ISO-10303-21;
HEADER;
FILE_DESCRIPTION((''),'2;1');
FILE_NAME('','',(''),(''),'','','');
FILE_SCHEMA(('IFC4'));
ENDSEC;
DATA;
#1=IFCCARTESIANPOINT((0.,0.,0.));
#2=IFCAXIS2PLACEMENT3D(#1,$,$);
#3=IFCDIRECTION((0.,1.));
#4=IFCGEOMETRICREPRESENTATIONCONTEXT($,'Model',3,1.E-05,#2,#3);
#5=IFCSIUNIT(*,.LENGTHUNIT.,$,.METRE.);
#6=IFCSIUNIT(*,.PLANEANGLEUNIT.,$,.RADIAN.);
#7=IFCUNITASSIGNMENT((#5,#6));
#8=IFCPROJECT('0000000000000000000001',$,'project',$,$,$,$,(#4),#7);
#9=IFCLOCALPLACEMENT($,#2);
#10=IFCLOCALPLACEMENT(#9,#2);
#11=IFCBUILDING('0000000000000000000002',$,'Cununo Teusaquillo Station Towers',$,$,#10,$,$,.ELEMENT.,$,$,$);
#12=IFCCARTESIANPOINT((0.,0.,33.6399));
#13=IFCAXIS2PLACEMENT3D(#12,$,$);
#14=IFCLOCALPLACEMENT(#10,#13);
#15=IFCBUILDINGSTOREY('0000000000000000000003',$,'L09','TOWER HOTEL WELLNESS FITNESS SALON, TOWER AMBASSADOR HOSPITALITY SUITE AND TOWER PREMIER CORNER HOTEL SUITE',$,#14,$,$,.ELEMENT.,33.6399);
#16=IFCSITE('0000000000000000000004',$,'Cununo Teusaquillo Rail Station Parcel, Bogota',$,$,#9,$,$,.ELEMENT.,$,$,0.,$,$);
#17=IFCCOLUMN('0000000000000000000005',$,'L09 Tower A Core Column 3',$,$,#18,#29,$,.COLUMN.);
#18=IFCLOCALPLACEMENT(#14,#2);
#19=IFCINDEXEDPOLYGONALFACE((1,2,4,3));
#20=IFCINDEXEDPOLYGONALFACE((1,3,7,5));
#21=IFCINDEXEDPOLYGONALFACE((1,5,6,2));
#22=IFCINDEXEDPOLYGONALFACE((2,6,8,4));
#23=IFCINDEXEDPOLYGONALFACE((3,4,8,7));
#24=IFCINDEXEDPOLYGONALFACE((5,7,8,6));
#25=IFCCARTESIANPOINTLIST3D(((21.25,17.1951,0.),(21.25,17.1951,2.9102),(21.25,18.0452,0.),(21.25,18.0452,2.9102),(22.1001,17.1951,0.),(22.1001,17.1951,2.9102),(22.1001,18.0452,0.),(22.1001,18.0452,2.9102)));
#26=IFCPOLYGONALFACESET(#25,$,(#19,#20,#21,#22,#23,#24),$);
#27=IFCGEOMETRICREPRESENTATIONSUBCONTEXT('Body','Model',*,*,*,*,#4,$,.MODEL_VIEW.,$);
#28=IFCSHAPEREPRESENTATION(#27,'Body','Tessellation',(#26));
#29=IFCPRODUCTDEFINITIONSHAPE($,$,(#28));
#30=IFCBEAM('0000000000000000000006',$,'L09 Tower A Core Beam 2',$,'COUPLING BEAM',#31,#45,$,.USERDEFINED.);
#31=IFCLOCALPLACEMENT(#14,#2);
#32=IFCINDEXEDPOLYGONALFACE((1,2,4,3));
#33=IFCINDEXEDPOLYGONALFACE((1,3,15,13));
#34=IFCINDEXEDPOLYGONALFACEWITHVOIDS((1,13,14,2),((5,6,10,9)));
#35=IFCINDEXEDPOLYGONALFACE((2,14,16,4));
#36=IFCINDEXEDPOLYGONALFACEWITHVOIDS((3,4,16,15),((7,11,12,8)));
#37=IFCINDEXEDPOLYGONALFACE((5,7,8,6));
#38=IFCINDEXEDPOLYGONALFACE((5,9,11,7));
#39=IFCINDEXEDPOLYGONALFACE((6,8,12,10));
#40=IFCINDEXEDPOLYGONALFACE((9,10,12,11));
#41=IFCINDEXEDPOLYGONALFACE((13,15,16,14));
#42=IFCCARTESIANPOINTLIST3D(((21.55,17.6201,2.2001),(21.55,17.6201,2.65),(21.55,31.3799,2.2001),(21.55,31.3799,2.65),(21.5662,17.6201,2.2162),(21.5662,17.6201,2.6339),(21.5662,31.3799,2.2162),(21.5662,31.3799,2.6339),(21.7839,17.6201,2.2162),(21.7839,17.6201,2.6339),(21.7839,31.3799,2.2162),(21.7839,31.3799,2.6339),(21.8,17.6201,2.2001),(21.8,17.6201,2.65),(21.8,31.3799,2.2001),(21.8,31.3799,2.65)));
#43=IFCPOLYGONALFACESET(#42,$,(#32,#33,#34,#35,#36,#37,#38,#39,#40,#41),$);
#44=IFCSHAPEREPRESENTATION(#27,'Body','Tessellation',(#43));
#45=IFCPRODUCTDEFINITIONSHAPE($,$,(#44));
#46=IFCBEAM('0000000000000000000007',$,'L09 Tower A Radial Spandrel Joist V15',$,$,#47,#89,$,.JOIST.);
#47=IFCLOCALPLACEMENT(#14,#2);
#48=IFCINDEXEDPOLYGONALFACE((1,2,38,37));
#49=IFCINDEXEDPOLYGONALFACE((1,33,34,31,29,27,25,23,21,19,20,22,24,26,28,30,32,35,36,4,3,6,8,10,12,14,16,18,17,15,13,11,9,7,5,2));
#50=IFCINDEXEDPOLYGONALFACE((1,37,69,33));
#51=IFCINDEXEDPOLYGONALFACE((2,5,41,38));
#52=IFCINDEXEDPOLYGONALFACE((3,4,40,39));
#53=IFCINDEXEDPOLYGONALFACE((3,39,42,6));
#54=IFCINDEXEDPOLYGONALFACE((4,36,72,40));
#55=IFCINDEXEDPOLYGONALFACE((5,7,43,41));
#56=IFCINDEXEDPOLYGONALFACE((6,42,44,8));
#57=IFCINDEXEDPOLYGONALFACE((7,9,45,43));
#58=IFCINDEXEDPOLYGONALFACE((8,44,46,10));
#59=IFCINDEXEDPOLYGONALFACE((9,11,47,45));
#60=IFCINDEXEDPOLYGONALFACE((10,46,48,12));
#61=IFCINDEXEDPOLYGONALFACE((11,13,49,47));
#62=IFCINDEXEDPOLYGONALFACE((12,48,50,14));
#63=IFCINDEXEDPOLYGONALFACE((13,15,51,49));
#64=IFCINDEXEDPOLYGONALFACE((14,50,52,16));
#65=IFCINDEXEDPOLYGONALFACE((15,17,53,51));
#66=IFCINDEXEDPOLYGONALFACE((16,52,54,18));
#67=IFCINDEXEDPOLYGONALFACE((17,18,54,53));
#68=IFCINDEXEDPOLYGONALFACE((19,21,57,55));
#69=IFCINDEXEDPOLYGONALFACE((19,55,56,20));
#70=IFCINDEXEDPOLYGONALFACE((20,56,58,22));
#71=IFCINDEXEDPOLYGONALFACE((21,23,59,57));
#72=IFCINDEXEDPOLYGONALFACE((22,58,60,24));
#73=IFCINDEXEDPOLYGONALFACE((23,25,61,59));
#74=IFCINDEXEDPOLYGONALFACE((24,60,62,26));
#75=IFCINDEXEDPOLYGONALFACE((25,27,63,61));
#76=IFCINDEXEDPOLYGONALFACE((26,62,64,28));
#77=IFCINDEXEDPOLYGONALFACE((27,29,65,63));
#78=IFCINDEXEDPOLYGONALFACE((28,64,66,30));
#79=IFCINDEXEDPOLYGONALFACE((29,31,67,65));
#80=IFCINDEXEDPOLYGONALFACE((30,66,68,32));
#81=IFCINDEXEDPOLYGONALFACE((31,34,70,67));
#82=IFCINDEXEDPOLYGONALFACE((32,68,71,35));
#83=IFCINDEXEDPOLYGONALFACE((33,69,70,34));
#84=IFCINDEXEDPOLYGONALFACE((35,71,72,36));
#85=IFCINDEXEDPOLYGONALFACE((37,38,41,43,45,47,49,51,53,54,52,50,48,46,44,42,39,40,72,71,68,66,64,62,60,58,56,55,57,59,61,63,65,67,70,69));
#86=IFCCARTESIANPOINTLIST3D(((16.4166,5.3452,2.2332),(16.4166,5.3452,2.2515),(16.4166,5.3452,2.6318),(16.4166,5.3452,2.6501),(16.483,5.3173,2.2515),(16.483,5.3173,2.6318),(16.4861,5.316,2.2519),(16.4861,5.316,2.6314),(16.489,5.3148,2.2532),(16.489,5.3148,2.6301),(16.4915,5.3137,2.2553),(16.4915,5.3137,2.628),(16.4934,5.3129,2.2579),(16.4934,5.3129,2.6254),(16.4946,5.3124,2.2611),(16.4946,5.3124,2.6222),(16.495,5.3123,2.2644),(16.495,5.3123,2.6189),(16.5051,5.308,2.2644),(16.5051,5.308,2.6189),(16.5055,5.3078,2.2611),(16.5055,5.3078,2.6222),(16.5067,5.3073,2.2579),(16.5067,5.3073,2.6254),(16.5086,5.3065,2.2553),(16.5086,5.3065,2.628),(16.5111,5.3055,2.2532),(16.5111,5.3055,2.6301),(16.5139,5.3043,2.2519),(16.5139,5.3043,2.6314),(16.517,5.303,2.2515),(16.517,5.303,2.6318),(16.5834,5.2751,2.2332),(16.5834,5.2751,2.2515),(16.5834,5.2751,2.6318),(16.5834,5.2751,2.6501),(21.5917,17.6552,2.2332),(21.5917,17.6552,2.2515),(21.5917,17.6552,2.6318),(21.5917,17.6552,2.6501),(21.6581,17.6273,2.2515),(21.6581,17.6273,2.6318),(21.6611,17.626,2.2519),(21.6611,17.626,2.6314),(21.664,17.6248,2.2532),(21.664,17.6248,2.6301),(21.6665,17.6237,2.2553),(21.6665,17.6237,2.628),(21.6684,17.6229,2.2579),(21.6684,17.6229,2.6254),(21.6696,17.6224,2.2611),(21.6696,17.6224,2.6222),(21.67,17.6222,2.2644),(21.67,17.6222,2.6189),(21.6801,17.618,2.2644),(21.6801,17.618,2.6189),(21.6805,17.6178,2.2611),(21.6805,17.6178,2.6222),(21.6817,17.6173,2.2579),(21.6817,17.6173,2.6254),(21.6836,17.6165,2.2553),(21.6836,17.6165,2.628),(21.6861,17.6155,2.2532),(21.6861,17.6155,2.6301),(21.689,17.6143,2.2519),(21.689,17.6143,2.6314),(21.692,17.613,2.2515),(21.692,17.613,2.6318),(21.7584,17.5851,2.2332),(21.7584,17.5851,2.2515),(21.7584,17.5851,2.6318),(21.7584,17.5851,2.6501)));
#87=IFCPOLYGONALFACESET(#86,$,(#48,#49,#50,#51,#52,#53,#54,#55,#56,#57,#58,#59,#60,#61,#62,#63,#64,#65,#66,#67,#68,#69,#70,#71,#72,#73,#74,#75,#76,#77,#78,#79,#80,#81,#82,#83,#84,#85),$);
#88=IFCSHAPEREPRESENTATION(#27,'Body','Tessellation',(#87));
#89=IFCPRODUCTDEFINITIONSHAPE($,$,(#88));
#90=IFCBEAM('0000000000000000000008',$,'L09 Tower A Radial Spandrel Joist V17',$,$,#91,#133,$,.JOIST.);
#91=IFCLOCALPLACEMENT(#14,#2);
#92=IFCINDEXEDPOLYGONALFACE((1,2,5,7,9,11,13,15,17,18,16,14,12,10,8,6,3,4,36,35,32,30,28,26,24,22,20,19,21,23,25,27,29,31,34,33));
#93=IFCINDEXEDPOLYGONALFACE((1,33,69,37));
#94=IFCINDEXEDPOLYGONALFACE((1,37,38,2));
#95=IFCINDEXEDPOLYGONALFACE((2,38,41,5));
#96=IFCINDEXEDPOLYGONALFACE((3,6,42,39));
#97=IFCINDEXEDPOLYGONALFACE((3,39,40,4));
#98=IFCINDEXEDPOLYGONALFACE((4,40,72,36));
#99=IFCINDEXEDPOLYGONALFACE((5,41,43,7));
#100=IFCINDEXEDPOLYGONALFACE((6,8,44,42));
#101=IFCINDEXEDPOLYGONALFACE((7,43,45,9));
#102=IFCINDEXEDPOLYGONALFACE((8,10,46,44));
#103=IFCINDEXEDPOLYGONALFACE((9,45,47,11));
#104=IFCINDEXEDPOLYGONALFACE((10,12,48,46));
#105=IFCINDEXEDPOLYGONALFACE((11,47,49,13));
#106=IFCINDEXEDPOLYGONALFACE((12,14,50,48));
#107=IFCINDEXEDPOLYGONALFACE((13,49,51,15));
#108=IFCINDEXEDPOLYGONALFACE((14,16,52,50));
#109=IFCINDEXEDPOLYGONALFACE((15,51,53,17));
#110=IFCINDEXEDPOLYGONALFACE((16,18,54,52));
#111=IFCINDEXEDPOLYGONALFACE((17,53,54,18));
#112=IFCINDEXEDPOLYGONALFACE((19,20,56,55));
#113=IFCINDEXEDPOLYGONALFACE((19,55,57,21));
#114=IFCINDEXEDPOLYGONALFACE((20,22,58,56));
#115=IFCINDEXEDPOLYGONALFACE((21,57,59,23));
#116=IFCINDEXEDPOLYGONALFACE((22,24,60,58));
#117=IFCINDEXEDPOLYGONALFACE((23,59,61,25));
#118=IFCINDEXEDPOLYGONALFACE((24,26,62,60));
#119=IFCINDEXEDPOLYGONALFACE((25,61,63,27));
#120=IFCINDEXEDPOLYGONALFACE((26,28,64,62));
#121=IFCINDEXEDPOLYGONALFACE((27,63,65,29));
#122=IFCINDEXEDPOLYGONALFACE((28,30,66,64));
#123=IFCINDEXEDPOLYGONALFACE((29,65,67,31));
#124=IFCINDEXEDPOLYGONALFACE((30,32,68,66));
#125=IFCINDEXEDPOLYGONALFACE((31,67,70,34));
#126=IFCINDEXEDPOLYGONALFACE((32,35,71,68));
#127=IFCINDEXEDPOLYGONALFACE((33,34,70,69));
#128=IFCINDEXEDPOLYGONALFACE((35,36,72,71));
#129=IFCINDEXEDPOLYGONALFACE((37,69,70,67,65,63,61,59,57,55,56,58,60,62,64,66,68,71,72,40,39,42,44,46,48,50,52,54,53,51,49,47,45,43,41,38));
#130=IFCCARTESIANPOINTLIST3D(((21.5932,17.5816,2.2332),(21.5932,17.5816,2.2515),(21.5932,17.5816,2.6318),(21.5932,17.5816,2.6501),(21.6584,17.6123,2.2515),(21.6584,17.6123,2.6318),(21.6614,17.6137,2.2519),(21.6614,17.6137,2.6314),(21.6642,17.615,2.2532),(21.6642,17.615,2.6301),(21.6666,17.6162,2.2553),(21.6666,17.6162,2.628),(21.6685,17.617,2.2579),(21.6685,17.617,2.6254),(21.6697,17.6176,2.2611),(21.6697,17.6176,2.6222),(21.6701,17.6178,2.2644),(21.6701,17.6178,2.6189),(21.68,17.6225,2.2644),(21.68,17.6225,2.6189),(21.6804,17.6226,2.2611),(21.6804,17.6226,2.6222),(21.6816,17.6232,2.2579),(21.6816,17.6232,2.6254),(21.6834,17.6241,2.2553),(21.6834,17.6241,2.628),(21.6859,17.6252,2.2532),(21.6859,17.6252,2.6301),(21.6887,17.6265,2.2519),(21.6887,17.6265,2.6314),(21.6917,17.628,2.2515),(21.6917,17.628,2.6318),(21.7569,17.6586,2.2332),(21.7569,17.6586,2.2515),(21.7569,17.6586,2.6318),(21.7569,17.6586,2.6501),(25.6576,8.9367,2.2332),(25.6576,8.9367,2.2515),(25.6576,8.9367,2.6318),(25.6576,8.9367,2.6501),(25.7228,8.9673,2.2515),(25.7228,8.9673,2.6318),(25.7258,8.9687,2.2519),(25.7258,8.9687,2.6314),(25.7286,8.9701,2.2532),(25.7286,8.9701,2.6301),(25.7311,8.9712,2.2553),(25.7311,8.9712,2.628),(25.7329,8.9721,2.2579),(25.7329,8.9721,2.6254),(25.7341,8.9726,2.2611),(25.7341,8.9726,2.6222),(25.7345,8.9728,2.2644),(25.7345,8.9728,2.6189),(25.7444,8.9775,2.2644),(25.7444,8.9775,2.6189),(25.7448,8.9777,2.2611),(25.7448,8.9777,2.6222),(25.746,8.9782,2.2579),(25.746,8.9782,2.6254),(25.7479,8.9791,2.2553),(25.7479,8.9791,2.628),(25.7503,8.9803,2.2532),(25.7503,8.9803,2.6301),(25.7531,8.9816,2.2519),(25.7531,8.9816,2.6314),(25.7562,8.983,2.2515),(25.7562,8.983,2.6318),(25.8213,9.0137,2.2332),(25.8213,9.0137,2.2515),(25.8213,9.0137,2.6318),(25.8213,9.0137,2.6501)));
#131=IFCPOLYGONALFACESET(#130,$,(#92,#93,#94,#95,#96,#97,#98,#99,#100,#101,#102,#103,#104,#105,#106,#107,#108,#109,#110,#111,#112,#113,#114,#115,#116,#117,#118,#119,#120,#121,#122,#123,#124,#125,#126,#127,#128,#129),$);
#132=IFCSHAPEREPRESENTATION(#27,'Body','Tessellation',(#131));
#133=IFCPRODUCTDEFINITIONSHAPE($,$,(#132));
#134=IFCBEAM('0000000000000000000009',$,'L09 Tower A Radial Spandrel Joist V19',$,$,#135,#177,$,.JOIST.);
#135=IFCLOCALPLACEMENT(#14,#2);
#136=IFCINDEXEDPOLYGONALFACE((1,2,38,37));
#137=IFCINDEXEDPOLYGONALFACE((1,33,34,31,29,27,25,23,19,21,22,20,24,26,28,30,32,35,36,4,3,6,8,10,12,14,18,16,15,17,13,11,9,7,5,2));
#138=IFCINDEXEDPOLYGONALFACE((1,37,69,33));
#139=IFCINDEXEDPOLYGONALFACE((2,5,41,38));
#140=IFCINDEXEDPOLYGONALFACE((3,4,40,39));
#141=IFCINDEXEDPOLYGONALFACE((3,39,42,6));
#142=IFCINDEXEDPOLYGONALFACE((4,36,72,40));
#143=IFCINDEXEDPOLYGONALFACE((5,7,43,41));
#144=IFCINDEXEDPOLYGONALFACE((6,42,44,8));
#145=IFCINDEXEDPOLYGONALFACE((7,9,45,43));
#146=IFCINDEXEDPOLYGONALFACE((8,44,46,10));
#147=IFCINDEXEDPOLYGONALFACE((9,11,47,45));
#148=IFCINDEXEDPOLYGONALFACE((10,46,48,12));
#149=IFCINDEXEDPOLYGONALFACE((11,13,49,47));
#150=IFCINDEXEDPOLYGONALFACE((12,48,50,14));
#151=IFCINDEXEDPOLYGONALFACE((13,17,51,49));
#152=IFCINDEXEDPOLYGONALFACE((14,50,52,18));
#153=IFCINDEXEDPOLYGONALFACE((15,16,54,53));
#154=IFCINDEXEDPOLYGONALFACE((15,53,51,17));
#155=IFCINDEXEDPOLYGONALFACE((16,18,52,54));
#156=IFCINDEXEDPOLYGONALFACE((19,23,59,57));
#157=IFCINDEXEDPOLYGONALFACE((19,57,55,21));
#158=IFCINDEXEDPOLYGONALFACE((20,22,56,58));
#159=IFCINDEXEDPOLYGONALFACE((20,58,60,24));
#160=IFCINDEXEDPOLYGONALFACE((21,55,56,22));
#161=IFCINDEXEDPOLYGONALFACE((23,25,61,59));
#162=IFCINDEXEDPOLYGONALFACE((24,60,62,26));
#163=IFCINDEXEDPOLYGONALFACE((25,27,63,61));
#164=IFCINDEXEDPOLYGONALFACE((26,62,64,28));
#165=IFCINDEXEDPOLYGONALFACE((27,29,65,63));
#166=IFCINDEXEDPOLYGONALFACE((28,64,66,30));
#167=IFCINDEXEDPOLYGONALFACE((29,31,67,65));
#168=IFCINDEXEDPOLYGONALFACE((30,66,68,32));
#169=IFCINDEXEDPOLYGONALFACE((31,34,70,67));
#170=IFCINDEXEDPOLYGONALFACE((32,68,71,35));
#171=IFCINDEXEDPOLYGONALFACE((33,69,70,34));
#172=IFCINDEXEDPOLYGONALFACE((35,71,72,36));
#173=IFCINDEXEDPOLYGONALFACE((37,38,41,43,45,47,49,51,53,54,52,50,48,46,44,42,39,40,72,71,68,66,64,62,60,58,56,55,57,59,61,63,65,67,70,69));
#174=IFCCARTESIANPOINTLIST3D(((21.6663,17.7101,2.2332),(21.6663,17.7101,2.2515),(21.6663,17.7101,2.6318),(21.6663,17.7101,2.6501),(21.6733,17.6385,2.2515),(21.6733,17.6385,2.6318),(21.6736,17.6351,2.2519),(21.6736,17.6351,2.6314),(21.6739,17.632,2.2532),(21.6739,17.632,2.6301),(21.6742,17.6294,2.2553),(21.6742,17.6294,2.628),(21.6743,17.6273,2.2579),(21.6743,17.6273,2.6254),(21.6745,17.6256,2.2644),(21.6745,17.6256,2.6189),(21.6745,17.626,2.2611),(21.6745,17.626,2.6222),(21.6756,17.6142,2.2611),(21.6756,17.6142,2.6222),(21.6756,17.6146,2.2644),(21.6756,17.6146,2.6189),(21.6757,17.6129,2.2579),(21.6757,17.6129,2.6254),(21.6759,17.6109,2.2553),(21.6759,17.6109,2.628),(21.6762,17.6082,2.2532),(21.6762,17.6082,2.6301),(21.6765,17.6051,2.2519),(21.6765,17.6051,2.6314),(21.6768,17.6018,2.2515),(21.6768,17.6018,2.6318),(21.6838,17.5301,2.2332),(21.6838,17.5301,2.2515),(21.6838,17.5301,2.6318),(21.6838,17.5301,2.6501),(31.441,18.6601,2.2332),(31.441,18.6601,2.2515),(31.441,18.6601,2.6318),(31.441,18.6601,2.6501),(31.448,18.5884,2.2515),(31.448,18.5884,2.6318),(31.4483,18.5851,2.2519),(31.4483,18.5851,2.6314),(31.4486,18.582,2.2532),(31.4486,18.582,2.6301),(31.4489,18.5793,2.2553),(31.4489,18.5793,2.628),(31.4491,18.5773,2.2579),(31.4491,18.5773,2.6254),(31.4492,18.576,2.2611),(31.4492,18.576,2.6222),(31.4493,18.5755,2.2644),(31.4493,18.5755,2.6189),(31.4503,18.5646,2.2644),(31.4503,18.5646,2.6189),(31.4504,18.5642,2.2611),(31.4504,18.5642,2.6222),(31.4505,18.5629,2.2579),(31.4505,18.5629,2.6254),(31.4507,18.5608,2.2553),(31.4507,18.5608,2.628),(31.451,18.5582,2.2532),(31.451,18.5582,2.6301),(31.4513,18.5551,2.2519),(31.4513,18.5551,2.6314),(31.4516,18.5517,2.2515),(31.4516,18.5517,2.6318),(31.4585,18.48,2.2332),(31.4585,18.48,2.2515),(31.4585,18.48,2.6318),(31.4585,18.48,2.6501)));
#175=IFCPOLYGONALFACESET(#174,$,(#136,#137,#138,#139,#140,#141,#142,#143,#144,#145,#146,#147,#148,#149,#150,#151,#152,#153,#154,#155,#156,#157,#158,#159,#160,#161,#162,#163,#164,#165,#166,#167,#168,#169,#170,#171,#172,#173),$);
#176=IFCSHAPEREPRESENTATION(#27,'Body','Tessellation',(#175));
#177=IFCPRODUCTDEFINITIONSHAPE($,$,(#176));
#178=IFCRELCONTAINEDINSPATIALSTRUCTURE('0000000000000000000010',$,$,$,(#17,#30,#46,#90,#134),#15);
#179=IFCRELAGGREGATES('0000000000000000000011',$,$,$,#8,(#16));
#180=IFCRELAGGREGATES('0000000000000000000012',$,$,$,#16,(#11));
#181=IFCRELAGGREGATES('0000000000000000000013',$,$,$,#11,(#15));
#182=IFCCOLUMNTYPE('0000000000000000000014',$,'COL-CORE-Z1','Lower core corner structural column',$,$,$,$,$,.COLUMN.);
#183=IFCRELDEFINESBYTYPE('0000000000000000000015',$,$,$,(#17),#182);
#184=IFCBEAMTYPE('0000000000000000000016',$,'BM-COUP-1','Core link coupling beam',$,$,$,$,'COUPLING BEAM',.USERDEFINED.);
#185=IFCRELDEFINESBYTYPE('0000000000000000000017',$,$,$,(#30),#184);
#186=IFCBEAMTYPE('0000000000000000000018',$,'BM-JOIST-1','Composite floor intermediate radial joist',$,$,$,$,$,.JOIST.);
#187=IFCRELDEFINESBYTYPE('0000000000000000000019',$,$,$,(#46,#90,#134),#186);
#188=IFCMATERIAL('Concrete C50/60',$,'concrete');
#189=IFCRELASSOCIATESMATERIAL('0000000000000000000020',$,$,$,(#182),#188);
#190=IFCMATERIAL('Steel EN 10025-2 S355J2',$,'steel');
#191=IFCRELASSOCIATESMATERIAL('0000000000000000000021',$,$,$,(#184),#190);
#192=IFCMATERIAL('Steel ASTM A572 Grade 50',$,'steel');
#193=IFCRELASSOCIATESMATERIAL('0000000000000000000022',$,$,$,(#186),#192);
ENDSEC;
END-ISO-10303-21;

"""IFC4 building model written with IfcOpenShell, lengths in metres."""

from ifc_helpers import new_model, si_unit, direction, frame, origin, origin_2d, place, context, subcontext, project, spatial, rectangle, hollow_rectangle, i_section, extrude, material, material_profile, profile_set, type_object, element, save


model = new_model("IFC4")

# Units and contexts
model_context = context("Model", 3, precision=1e-05, world=origin(), true_north=direction((0.0, 1.0)))
body_context = subcontext(model_context, "Body", "Model", "MODEL_VIEW")
ifc_project = project(units=[si_unit("LENGTHUNIT", "METRE"), si_unit("PLANEANGLEUNIT", "RADIAN")], contexts=[model_context])

# Site, building, storey
site_placement = place(None, origin())
site = spatial("IfcSite", under=ifc_project, at=site_placement, Name="Cununo Teusaquillo Rail Station Parcel, Bogota", CompositionType="ELEMENT", RefElevation=0.0)
building_placement = place(site_placement, origin())
building = spatial("IfcBuilding", under=site, at=building_placement, Name="Cununo Teusaquillo Station Towers", CompositionType="ELEMENT")
storey_placement = place(building_placement, frame((0.0, 0.0, 33.6399)))
storey = spatial("IfcBuildingStorey", under=building, at=storey_placement, Name="L09", Description="TOWER HOTEL WELLNESS FITNESS SALON, TOWER AMBASSADOR HOSPITALITY SUITE AND TOWER PREMIER CORNER HOTEL SUITE", CompositionType="ELEMENT", Elevation=33.6399)

# Column
ifc_material_1 = material(Name="Concrete C50/60", Category="concrete")
ifc_material_profile_1 = material_profile(ifc_material_1, rectangle(XDim=0.8501, YDim=0.8501, at=origin_2d()), Name="RC-RECT-850x850")
ifc_profile_set_1 = profile_set([ifc_material_profile_1], Name="Concrete C50/60")
column_type = type_object("IfcColumnType", Name="COL-CORE-Z1", Description="Lower core corner structural column", PredefinedType="COLUMN", material=ifc_profile_set_1)
column_placement = place(storey_placement, frame((21.675, 17.6201, 0.0), z_axis=(0.0, 0.0, 1.0), x_axis=(1.0, 0.0, 0.0)))
element("IfcColumn", 1, at=column_placement, inside=storey, type_object=column_type, Name="L09 Tower A Core Column 3", PredefinedType="COLUMN", context=body_context, shape_type="SweptSolid", body=[
    extrude(rectangle(XDim=0.8501, YDim=0.8501, at=origin_2d()), origin(), (0.0, 0.0, 1.0), 2.9102),
])

# Beams
ifc_material_2 = material(Name="Steel EN 10025-2 S355J2", Category="steel")
ifc_material_profile_2 = material_profile(ifc_material_2, hollow_rectangle(XDim=0.25, YDim=0.45, WallThickness=0.0161, at=origin_2d()), Name="RHS 450x250x16")
ifc_profile_set_2 = profile_set([ifc_material_profile_2], Name="Steel EN 10025-2 S355J2")
beam_type_1 = type_object("IfcBeamType", Name="BM-COUP-1", Description="Core link coupling beam", ElementType="COUPLING BEAM", PredefinedType="USERDEFINED", material=ifc_profile_set_2)
beam_1_placement = place(storey_placement, frame((21.675, 17.6201, 2.425), z_axis=(0.0, 1.0, 0.0), x_axis=(-1.0, 0.0, 0.0)))
element("IfcBeam", 2, at=beam_1_placement, inside=storey, type_object=beam_type_1, Name="L09 Tower A Core Beam 2", ObjectType="COUPLING BEAM", PredefinedType="USERDEFINED", context=body_context, shape_type="SweptSolid", body=[
    extrude(hollow_rectangle(XDim=0.25, YDim=0.45, WallThickness=0.0161, at=origin_2d()), origin(), (0.0, 0.0, 1.0), 13.7598),
])
ifc_material_3 = material(Name="Steel ASTM A572 Grade 50", Category="steel")
ifc_material_profile_3 = material_profile(ifc_material_3, i_section(OverallWidth=0.1809, OverallDepth=0.417, WebThickness=0.011, FlangeThickness=0.0183, FilletRadius=0.0129, at=origin_2d()), Name="W16X57")
ifc_profile_set_3 = profile_set([ifc_material_profile_3], Name="Steel ASTM A572 Grade 50")
beam_type_2 = type_object("IfcBeamType", Name="BM-JOIST-1", Description="Composite floor intermediate radial joist", PredefinedType="JOIST", material=ifc_profile_set_3)
beam_2_placement = place(storey_placement, frame((21.675, 17.6201, 2.4417), z_axis=(-0.38754, -0.921853, 0.0), x_axis=(0.921853, -0.38754, 0.0)))
element("IfcBeam", 3, at=beam_2_placement, inside=storey, type_object=beam_type_2, Name="L09 Tower A Radial Spandrel Joist V15", PredefinedType="JOIST", context=body_context, shape_type="SweptSolid", body=[
    extrude(i_section(OverallWidth=0.1809, OverallDepth=0.417, WebThickness=0.011, FlangeThickness=0.0183, FilletRadius=0.0129, at=origin_2d()), origin(), (0.0, 0.0, 1.0), 13.3535),
])
beam_3_placement = place(storey_placement, frame((21.675, 17.6201, 2.4417), z_axis=(0.425472, -0.904972, 0.0), x_axis=(0.904972, 0.425472, 0.0)))
element("IfcBeam", 4, at=beam_3_placement, inside=storey, type_object=beam_type_2, Name="L09 Tower A Radial Spandrel Joist V17", PredefinedType="JOIST", context=body_context, shape_type="SweptSolid", body=[
    extrude(i_section(OverallWidth=0.1809, OverallDepth=0.417, WebThickness=0.011, FlangeThickness=0.0183, FilletRadius=0.0129, at=origin_2d()), origin(), (0.0, 0.0, 1.0), 9.5527),
])
beam_4_placement = place(storey_placement, frame((21.675, 17.6201, 2.4417), z_axis=(0.995311, 0.096729, 0.0), x_axis=(-0.096729, 0.995311, 0.0)))
element("IfcBeam", 5, at=beam_4_placement, inside=storey, type_object=beam_type_2, Name="L09 Tower A Radial Spandrel Joist V19", PredefinedType="JOIST", context=body_context, shape_type="SweptSolid", body=[
    extrude(i_section(OverallWidth=0.1809, OverallDepth=0.417, WebThickness=0.011, FlangeThickness=0.0183, FilletRadius=0.0129, at=origin_2d()), origin(), (0.0, 0.0, 1.0), 9.8208),
])

save(model, "model.ifc")
